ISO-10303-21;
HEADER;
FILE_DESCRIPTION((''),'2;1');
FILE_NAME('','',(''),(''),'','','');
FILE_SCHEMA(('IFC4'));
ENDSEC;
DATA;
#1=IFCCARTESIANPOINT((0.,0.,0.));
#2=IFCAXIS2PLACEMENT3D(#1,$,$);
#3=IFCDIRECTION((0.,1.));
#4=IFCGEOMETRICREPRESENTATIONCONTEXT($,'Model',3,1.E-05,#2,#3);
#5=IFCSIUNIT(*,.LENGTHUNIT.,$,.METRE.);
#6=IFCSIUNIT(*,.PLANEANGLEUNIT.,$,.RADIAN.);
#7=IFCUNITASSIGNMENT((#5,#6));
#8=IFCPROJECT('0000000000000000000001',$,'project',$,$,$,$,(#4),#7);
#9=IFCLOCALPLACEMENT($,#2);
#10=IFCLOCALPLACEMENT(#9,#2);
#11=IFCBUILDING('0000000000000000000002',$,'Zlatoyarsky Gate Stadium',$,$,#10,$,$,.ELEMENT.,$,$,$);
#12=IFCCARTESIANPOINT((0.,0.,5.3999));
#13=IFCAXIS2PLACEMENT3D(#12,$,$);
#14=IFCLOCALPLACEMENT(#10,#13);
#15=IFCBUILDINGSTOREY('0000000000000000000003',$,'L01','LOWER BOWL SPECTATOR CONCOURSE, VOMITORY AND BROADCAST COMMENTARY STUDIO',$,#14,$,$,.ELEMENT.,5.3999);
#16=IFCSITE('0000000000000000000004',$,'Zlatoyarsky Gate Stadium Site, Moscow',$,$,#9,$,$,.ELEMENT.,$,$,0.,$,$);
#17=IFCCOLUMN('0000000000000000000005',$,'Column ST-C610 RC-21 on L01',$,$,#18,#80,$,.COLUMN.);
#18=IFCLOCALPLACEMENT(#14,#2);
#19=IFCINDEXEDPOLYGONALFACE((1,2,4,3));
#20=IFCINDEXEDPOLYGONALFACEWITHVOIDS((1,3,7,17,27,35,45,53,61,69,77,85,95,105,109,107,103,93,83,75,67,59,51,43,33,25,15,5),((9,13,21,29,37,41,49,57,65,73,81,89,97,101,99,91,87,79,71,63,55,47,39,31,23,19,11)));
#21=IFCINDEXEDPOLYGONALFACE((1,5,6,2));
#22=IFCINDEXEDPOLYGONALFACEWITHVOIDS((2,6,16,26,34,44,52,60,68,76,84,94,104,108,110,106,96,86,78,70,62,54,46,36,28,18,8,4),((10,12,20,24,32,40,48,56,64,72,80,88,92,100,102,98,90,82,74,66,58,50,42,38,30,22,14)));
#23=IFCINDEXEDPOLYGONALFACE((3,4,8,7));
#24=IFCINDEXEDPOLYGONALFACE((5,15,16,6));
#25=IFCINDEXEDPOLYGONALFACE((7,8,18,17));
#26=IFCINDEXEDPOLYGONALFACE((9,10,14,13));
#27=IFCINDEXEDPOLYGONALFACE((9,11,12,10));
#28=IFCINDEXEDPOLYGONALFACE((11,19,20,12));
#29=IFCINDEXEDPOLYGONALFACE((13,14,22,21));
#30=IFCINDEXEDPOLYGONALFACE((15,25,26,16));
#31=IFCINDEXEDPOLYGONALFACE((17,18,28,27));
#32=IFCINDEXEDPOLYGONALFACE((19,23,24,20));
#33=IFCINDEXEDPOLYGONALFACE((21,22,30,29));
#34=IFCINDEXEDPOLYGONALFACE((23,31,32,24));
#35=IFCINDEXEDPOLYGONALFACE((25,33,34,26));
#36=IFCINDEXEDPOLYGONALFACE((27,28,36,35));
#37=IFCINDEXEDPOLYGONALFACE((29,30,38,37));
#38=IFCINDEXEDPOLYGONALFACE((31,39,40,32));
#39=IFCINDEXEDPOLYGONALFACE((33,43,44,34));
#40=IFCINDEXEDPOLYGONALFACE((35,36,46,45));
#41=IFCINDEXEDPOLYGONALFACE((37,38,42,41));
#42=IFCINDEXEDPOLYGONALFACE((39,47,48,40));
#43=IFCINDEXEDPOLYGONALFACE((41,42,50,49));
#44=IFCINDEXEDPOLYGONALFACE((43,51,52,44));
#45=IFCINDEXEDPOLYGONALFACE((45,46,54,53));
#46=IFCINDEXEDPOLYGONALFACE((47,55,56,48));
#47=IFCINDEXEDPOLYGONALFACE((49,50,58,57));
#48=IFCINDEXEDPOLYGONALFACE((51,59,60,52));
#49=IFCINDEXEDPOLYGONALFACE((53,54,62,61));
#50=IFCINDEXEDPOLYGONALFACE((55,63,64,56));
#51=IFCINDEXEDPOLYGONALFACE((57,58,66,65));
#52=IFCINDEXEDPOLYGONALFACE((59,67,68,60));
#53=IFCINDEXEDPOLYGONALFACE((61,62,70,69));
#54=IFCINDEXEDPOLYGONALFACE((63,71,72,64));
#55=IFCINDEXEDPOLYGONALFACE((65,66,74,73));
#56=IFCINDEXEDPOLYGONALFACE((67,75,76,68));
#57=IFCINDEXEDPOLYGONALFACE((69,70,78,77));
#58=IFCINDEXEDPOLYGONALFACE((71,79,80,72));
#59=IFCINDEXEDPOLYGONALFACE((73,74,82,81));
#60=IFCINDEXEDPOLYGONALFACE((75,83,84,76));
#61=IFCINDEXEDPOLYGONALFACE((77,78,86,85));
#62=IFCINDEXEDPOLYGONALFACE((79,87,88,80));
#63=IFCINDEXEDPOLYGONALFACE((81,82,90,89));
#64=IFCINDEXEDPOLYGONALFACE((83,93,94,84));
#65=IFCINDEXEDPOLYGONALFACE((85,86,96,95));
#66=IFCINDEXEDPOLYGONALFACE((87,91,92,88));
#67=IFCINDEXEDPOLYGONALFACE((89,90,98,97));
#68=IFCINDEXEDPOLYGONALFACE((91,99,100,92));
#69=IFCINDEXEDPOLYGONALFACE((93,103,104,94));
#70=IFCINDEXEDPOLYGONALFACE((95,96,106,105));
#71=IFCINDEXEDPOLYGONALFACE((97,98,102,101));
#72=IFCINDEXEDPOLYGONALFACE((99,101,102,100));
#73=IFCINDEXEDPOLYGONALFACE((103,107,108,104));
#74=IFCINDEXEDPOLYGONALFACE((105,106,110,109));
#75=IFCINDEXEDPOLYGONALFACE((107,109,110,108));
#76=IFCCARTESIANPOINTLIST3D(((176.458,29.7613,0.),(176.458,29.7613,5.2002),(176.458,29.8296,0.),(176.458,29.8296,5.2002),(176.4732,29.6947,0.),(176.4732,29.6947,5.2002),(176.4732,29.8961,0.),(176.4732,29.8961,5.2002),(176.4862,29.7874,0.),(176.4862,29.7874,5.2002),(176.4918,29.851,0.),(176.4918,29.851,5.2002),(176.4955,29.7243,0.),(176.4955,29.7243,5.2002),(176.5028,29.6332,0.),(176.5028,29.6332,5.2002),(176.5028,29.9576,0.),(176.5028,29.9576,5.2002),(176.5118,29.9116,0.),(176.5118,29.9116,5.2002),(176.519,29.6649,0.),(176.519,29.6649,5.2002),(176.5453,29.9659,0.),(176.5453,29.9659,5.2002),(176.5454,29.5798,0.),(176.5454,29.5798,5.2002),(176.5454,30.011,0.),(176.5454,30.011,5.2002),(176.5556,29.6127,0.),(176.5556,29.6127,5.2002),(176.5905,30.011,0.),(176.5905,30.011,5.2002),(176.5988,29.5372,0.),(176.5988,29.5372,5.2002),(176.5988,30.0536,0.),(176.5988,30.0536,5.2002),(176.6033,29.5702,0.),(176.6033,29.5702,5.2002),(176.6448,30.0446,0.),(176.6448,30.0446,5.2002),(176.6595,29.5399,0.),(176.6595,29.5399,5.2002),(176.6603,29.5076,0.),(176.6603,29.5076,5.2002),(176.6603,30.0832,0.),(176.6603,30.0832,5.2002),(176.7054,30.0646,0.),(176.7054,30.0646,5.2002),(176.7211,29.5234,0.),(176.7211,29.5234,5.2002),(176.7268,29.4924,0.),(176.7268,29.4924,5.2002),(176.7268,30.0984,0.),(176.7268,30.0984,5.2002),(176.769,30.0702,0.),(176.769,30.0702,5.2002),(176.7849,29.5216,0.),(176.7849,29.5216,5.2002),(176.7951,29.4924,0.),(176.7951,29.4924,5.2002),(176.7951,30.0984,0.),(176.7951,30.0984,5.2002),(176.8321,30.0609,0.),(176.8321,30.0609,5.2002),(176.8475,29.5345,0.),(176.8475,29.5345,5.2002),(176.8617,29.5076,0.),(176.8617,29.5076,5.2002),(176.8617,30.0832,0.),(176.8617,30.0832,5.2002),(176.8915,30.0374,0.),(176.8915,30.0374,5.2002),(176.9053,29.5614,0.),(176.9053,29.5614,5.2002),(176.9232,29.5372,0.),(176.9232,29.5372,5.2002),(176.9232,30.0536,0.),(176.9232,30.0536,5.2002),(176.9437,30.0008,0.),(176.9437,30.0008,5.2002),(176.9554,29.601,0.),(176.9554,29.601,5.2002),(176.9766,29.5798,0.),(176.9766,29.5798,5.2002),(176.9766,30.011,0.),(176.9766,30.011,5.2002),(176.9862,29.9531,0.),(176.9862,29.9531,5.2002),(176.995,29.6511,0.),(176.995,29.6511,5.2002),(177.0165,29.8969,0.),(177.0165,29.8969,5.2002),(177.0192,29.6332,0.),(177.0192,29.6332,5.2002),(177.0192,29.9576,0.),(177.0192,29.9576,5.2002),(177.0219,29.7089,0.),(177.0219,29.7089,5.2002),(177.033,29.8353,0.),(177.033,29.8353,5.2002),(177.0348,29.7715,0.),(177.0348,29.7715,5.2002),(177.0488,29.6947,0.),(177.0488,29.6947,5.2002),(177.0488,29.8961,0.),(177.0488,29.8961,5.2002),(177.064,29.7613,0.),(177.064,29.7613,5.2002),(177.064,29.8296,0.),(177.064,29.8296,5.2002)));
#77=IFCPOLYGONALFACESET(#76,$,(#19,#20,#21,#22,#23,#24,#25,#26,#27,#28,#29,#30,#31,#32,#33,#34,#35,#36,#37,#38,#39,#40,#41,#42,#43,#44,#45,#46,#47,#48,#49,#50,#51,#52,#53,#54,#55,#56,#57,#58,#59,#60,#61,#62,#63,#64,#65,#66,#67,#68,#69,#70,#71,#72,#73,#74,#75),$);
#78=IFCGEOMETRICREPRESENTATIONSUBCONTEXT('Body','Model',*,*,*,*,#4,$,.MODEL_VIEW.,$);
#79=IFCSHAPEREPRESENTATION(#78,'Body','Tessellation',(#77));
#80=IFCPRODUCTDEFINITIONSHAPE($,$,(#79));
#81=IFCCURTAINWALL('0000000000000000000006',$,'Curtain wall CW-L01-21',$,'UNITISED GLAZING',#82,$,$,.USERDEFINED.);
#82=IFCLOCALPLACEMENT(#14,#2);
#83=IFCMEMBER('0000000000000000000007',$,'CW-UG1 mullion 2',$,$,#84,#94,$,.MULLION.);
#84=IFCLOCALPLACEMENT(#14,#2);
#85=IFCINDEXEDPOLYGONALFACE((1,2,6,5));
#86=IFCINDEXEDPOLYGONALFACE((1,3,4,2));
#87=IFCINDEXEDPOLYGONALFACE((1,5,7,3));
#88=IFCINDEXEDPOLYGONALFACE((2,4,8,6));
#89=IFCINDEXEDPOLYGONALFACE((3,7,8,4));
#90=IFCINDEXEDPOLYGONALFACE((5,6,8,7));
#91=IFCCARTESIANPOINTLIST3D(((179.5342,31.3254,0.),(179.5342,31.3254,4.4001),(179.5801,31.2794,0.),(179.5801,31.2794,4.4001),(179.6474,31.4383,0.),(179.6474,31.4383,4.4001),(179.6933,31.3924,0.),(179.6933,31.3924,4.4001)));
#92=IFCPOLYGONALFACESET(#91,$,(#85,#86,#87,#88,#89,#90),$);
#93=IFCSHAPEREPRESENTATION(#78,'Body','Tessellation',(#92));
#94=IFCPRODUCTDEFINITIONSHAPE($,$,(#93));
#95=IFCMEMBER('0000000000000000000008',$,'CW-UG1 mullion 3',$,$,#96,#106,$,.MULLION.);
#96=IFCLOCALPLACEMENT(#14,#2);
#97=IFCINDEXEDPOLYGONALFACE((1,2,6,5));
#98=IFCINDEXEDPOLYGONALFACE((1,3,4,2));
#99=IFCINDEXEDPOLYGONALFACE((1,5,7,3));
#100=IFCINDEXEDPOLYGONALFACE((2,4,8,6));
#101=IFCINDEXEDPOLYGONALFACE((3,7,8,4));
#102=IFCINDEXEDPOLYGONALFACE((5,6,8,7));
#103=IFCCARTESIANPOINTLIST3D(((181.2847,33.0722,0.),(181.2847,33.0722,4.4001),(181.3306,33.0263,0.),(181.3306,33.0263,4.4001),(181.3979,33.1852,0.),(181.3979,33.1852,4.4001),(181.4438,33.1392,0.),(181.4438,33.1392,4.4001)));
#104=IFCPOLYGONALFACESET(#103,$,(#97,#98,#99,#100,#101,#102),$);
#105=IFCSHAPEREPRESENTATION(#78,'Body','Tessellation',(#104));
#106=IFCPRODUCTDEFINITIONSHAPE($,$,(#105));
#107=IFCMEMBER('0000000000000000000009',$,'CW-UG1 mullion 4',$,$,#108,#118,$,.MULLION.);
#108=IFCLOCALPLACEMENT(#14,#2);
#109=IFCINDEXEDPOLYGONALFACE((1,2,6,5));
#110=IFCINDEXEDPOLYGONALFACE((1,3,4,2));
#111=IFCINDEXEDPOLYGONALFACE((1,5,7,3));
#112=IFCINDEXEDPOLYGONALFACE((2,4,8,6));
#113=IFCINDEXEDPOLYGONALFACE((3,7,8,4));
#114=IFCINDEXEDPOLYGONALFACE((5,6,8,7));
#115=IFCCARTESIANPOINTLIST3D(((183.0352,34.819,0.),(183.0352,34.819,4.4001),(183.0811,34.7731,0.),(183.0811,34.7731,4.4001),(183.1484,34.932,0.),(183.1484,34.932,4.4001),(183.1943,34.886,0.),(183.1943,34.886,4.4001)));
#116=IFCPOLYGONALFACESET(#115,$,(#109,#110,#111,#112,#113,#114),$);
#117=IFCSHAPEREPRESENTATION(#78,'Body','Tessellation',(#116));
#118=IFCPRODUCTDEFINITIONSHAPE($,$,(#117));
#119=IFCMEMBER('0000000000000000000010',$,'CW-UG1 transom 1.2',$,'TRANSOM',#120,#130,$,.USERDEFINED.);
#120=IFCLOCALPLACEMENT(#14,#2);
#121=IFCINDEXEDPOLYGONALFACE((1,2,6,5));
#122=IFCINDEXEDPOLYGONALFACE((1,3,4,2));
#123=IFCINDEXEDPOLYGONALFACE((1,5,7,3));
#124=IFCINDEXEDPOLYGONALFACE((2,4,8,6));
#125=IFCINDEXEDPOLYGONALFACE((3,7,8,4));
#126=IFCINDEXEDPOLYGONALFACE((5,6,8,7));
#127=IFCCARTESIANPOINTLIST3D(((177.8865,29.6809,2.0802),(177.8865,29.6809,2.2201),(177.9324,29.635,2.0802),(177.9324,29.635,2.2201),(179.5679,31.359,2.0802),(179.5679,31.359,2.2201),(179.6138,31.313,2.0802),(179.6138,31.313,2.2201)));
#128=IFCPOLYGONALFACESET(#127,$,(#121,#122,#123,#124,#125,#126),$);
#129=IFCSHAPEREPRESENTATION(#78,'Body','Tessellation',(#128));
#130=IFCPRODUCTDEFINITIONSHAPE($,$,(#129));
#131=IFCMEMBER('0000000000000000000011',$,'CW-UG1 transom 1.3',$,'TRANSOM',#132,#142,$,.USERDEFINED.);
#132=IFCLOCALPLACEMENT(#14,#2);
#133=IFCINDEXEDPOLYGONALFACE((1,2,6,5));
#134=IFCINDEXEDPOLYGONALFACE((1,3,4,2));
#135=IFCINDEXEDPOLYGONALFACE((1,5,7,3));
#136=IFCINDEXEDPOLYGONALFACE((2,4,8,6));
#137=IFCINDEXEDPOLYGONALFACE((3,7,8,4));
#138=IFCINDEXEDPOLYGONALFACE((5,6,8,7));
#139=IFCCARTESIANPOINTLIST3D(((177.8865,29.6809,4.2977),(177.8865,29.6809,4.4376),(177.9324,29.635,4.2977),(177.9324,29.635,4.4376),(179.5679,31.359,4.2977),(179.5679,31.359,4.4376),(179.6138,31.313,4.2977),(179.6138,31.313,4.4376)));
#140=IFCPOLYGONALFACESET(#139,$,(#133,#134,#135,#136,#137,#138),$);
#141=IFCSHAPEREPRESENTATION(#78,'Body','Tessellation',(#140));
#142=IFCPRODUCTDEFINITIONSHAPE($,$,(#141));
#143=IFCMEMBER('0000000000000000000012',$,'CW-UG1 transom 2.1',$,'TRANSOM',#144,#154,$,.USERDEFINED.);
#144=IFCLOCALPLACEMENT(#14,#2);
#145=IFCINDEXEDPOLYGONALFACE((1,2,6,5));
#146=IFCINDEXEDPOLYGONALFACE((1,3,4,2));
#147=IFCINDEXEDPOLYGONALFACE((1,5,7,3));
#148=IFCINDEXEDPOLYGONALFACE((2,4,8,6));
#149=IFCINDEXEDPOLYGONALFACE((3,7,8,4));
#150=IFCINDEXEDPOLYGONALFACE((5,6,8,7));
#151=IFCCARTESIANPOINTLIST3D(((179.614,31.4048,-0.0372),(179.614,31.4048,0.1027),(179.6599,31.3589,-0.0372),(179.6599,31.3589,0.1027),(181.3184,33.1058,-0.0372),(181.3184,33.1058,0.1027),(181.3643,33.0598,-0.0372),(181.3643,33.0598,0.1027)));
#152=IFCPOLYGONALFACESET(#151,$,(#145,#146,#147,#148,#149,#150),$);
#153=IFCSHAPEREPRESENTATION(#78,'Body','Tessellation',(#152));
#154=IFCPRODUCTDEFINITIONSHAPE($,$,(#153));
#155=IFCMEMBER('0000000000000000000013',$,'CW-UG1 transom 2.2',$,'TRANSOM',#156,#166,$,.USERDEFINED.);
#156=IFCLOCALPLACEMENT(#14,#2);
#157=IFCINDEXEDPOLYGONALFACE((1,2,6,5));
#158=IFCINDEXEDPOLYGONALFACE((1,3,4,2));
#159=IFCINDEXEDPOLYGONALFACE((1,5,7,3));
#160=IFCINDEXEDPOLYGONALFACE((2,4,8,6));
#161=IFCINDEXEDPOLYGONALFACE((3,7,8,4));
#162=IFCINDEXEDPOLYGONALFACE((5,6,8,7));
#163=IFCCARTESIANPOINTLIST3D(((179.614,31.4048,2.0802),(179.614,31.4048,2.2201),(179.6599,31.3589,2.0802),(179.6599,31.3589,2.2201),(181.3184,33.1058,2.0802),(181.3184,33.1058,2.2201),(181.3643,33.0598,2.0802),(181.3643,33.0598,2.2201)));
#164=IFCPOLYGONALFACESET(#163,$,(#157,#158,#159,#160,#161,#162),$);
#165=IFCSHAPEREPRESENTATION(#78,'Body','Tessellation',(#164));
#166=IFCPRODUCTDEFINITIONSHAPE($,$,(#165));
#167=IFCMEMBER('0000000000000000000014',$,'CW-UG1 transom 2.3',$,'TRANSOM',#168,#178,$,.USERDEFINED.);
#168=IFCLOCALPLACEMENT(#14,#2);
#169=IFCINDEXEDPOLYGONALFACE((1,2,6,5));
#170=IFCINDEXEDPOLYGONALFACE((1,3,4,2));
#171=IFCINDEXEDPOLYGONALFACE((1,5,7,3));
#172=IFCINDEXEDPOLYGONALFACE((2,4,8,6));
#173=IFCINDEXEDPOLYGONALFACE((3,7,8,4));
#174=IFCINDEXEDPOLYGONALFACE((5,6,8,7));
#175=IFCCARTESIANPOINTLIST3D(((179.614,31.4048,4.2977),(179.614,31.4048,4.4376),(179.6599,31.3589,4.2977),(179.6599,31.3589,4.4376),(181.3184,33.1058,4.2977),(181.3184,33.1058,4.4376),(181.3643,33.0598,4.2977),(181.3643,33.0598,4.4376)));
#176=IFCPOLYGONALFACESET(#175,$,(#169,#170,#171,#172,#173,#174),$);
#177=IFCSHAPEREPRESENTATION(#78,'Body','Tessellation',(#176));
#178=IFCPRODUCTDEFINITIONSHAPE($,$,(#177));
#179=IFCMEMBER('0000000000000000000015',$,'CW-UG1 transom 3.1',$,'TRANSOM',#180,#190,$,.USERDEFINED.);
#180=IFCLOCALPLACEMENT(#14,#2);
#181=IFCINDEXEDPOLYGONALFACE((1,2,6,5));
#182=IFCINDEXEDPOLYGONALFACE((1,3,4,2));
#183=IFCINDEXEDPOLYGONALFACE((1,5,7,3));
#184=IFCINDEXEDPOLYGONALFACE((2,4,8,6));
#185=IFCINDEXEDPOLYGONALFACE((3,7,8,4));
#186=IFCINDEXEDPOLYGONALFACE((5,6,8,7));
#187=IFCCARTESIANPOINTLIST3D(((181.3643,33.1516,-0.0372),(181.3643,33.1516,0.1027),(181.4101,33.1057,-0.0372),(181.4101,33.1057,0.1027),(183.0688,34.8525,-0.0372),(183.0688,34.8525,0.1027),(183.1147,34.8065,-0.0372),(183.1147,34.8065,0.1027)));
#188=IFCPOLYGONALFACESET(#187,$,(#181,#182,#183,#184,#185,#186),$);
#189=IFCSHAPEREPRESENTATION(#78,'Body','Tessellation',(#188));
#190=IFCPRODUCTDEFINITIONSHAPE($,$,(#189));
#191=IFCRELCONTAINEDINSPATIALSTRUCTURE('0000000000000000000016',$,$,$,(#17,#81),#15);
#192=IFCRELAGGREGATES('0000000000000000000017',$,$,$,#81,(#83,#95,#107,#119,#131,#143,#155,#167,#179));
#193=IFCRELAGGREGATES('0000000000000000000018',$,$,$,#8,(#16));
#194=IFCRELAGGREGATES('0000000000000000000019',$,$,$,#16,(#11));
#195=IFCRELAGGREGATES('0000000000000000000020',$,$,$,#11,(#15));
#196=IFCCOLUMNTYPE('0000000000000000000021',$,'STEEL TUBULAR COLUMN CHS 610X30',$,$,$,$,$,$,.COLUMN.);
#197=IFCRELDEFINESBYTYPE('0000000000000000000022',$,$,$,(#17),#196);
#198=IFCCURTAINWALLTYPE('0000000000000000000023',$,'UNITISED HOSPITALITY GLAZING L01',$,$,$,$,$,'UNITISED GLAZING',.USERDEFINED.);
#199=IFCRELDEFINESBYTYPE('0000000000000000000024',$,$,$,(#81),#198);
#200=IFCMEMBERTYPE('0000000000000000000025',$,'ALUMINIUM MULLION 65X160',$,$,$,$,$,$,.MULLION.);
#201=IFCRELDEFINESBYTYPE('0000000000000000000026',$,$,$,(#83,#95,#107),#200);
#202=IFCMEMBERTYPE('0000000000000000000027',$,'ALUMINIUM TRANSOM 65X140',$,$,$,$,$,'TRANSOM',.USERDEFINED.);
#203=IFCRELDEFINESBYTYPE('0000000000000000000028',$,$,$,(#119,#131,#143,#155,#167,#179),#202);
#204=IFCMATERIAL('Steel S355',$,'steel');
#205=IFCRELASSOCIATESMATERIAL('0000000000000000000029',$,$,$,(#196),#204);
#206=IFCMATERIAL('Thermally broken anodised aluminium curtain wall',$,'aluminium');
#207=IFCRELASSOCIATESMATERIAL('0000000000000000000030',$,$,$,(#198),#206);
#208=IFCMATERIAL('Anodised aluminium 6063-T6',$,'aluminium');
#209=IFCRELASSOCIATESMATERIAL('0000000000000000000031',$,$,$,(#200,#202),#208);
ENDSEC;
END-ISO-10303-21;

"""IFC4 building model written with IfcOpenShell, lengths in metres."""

from ifc_helpers import new_model, si_unit, direction, frame, origin, origin_2d, place, context, subcontext, project, spatial, rectangle, hollow_circle, extrude, material, material_profile, profile_set, type_object, element, aggregate, save


model = new_model("IFC4")

# Units and contexts
model_context = context("Model", 3, precision=1e-05, world=origin(), true_north=direction((0.0, 1.0)))
body_context = subcontext(model_context, "Body", "Model", "MODEL_VIEW")
ifc_project = project(units=[si_unit("LENGTHUNIT", "METRE"), si_unit("PLANEANGLEUNIT", "RADIAN")], contexts=[model_context])

# Site, building, storey
site_placement = place(None, origin())
site = spatial("IfcSite", under=ifc_project, at=site_placement, Name="Zlatoyarsky Gate Stadium Site, Moscow", CompositionType="ELEMENT", RefElevation=0.0)
building_placement = place(site_placement, origin())
building = spatial("IfcBuilding", under=site, at=building_placement, Name="Zlatoyarsky Gate Stadium", CompositionType="ELEMENT")
storey_placement = place(building_placement, frame((0.0, 0.0, 5.3999)))
storey = spatial("IfcBuildingStorey", under=building, at=storey_placement, Name="L01", Description="LOWER BOWL SPECTATOR CONCOURSE, VOMITORY AND BROADCAST COMMENTARY STUDIO", CompositionType="ELEMENT", Elevation=5.3999)

# Column
ifc_material_1 = material(Name="Steel S355", Category="steel")
ifc_material_profile_1 = material_profile(ifc_material_1, hollow_circle(Radius=0.3049, WallThickness=0.03, at=origin_2d()), Name="CHS 610X30")
ifc_profile_set_1 = profile_set([ifc_material_profile_1], Name="Steel S355")
column_type = type_object("IfcColumnType", Name="STEEL TUBULAR COLUMN CHS 610X30", PredefinedType="COLUMN", material=ifc_profile_set_1)
column_placement = place(storey_placement, frame((176.761, 29.7954, 0.0), z_axis=(0.0, 0.0, 1.0), x_axis=(0.707107, -0.707107, 0.0)))
element("IfcColumn", 1, at=column_placement, inside=storey, type_object=column_type, Name="Column ST-C610 RC-21 on L01", PredefinedType="COLUMN", context=body_context, shape_type="SweptSolid", body=[
    extrude(hollow_circle(Radius=0.3049, WallThickness=0.03, at=origin_2d()), origin(), (0.0, 0.0, 1.0), 5.2002),
])

# Curtain wall, members
ifc_material_2 = material(Name="Thermally broken anodised aluminium curtain wall", Category="aluminium")
curtain_wall_type = type_object("IfcCurtainWallType", Name="UNITISED HOSPITALITY GLAZING L01", ElementType="UNITISED GLAZING", PredefinedType="USERDEFINED", material=ifc_material_2)
curtain_wall_placement = place(storey_placement, origin())
curtain_wall = element("IfcCurtainWall", 2, at=curtain_wall_placement, inside=storey, type_object=curtain_wall_type, Name="Curtain wall CW-L01-21", ObjectType="UNITISED GLAZING", PredefinedType="USERDEFINED")
ifc_material_3 = material(Name="Anodised aluminium 6063-T6", Category="aluminium")
ifc_material_profile_2 = material_profile(ifc_material_3, rectangle(XDim=0.0649, YDim=0.1599, at=origin_2d()), Name="ALU 65X160")
ifc_profile_set_2 = profile_set([ifc_material_profile_2], Name="Anodised aluminium 6063-T6")
member_type_1 = type_object("IfcMemberType", Name="ALUMINIUM MULLION 65X160", PredefinedType="MULLION", material=ifc_profile_set_2)
member_1_placement = place(storey_placement, frame((179.6138, 31.3589, 0.0), z_axis=(0.0, 0.0, 1.0), x_axis=(-0.706371, 0.707842, 0.0)))
member_1 = element("IfcMember", 3, at=member_1_placement, type_object=member_type_1, Name="CW-UG1 mullion 2", PredefinedType="MULLION", context=body_context, shape_type="SweptSolid", body=[
    extrude(rectangle(XDim=0.0649, YDim=0.1599, at=origin_2d()), origin(), (0.0, 0.0, 1.0), 4.4001),
])
member_2_placement = place(storey_placement, frame((181.3643, 33.1057, 0.0), z_axis=(0.0, 0.0, 1.0), x_axis=(-0.706371, 0.707842, 0.0)))
member_2 = element("IfcMember", 4, at=member_2_placement, type_object=member_type_1, Name="CW-UG1 mullion 3", PredefinedType="MULLION", context=body_context, shape_type="SweptSolid", body=[
    extrude(rectangle(XDim=0.0649, YDim=0.1599, at=origin_2d()), origin(), (0.0, 0.0, 1.0), 4.4001),
])
member_3_placement = place(storey_placement, frame((183.1147, 34.8525, 0.0), z_axis=(0.0, 0.0, 1.0), x_axis=(-0.706371, 0.707842, 0.0)))
member_3 = element("IfcMember", 5, at=member_3_placement, type_object=member_type_1, Name="CW-UG1 mullion 4", PredefinedType="MULLION", context=body_context, shape_type="SweptSolid", body=[
    extrude(rectangle(XDim=0.0649, YDim=0.1599, at=origin_2d()), origin(), (0.0, 0.0, 1.0), 4.4001),
])
ifc_material_profile_3 = material_profile(ifc_material_3, rectangle(XDim=0.0649, YDim=0.1399, at=origin_2d()), Name="ALU 65X140")
ifc_profile_set_3 = profile_set([ifc_material_profile_3], Name="Anodised aluminium 6063-T6")
member_type_2 = type_object("IfcMemberType", Name="ALUMINIUM TRANSOM 65X140", ElementType="TRANSOM", PredefinedType="USERDEFINED", material=ifc_profile_set_3)
member_4_placement = place(storey_placement, frame((177.9094, 29.658, 2.1501), z_axis=(0.707826, 0.706387, 0.0), x_axis=(-0.706387, 0.707826, 0.0)))
member_4 = element("IfcMember", 6, at=member_4_placement, type_object=member_type_2, Name="CW-UG1 transom 1.2", ObjectType="TRANSOM", PredefinedType="USERDEFINED", context=body_context, shape_type="SweptSolid", body=[
    extrude(rectangle(XDim=0.0649, YDim=0.1399, at=origin_2d()), origin(), (0.0, 0.0, 1.0), 2.3755),
])
member_5_placement = place(storey_placement, frame((177.9094, 29.658, 4.3677), z_axis=(0.707826, 0.706387, 0.0), x_axis=(-0.706387, 0.707826, 0.0)))
member_5 = element("IfcMember", 7, at=member_5_placement, type_object=member_type_2, Name="CW-UG1 transom 1.3", ObjectType="TRANSOM", PredefinedType="USERDEFINED", context=body_context, shape_type="SweptSolid", body=[
    extrude(rectangle(XDim=0.0649, YDim=0.1399, at=origin_2d()), origin(), (0.0, 0.0, 1.0), 2.3755),
])
member_6_placement = place(storey_placement, frame((179.637, 31.3818, 0.0327), z_axis=(0.707816, 0.706397, 0.0), x_axis=(-0.706397, 0.707816, 0.0)))
member_6 = element("IfcMember", 8, at=member_6_placement, type_object=member_type_2, Name="CW-UG1 transom 2.1", ObjectType="TRANSOM", PredefinedType="USERDEFINED", context=body_context, shape_type="SweptSolid", body=[
    extrude(rectangle(XDim=0.0649, YDim=0.1399, at=origin_2d()), origin(), (0.0, 0.0, 1.0), 2.408),
])
member_7_placement = place(storey_placement, frame((179.637, 31.3818, 2.1501), z_axis=(0.707816, 0.706397, 0.0), x_axis=(-0.706397, 0.707816, 0.0)))
member_7 = element("IfcMember", 9, at=member_7_placement, type_object=member_type_2, Name="CW-UG1 transom 2.2", ObjectType="TRANSOM", PredefinedType="USERDEFINED", context=body_context, shape_type="SweptSolid", body=[
    extrude(rectangle(XDim=0.0649, YDim=0.1399, at=origin_2d()), origin(), (0.0, 0.0, 1.0), 2.408),
])
member_8_placement = place(storey_placement, frame((179.637, 31.3818, 4.3677), z_axis=(0.707816, 0.706397, 0.0), x_axis=(-0.706397, 0.707816, 0.0)))
member_8 = element("IfcMember", 10, at=member_8_placement, type_object=member_type_2, Name="CW-UG1 transom 2.3", ObjectType="TRANSOM", PredefinedType="USERDEFINED", context=body_context, shape_type="SweptSolid", body=[
    extrude(rectangle(XDim=0.0649, YDim=0.1399, at=origin_2d()), origin(), (0.0, 0.0, 1.0), 2.408),
])
member_9_placement = place(storey_placement, frame((181.3872, 33.1287, 0.0327), z_axis=(0.707867, 0.706346, 0.0), x_axis=(-0.706346, 0.707867, 0.0)))
member_9 = element("IfcMember", 11, at=member_9_placement, type_object=member_type_2, Name="CW-UG1 transom 3.1", ObjectType="TRANSOM", PredefinedType="USERDEFINED", context=body_context, shape_type="SweptSolid", body=[
    extrude(rectangle(XDim=0.0649, YDim=0.1399, at=origin_2d()), origin(), (0.0, 0.0, 1.0), 2.408),
])

aggregate(curtain_wall, [member_1, member_2, member_3, member_4, member_5, member_6, member_7, member_8, member_9])

save(model, "model.ifc")
